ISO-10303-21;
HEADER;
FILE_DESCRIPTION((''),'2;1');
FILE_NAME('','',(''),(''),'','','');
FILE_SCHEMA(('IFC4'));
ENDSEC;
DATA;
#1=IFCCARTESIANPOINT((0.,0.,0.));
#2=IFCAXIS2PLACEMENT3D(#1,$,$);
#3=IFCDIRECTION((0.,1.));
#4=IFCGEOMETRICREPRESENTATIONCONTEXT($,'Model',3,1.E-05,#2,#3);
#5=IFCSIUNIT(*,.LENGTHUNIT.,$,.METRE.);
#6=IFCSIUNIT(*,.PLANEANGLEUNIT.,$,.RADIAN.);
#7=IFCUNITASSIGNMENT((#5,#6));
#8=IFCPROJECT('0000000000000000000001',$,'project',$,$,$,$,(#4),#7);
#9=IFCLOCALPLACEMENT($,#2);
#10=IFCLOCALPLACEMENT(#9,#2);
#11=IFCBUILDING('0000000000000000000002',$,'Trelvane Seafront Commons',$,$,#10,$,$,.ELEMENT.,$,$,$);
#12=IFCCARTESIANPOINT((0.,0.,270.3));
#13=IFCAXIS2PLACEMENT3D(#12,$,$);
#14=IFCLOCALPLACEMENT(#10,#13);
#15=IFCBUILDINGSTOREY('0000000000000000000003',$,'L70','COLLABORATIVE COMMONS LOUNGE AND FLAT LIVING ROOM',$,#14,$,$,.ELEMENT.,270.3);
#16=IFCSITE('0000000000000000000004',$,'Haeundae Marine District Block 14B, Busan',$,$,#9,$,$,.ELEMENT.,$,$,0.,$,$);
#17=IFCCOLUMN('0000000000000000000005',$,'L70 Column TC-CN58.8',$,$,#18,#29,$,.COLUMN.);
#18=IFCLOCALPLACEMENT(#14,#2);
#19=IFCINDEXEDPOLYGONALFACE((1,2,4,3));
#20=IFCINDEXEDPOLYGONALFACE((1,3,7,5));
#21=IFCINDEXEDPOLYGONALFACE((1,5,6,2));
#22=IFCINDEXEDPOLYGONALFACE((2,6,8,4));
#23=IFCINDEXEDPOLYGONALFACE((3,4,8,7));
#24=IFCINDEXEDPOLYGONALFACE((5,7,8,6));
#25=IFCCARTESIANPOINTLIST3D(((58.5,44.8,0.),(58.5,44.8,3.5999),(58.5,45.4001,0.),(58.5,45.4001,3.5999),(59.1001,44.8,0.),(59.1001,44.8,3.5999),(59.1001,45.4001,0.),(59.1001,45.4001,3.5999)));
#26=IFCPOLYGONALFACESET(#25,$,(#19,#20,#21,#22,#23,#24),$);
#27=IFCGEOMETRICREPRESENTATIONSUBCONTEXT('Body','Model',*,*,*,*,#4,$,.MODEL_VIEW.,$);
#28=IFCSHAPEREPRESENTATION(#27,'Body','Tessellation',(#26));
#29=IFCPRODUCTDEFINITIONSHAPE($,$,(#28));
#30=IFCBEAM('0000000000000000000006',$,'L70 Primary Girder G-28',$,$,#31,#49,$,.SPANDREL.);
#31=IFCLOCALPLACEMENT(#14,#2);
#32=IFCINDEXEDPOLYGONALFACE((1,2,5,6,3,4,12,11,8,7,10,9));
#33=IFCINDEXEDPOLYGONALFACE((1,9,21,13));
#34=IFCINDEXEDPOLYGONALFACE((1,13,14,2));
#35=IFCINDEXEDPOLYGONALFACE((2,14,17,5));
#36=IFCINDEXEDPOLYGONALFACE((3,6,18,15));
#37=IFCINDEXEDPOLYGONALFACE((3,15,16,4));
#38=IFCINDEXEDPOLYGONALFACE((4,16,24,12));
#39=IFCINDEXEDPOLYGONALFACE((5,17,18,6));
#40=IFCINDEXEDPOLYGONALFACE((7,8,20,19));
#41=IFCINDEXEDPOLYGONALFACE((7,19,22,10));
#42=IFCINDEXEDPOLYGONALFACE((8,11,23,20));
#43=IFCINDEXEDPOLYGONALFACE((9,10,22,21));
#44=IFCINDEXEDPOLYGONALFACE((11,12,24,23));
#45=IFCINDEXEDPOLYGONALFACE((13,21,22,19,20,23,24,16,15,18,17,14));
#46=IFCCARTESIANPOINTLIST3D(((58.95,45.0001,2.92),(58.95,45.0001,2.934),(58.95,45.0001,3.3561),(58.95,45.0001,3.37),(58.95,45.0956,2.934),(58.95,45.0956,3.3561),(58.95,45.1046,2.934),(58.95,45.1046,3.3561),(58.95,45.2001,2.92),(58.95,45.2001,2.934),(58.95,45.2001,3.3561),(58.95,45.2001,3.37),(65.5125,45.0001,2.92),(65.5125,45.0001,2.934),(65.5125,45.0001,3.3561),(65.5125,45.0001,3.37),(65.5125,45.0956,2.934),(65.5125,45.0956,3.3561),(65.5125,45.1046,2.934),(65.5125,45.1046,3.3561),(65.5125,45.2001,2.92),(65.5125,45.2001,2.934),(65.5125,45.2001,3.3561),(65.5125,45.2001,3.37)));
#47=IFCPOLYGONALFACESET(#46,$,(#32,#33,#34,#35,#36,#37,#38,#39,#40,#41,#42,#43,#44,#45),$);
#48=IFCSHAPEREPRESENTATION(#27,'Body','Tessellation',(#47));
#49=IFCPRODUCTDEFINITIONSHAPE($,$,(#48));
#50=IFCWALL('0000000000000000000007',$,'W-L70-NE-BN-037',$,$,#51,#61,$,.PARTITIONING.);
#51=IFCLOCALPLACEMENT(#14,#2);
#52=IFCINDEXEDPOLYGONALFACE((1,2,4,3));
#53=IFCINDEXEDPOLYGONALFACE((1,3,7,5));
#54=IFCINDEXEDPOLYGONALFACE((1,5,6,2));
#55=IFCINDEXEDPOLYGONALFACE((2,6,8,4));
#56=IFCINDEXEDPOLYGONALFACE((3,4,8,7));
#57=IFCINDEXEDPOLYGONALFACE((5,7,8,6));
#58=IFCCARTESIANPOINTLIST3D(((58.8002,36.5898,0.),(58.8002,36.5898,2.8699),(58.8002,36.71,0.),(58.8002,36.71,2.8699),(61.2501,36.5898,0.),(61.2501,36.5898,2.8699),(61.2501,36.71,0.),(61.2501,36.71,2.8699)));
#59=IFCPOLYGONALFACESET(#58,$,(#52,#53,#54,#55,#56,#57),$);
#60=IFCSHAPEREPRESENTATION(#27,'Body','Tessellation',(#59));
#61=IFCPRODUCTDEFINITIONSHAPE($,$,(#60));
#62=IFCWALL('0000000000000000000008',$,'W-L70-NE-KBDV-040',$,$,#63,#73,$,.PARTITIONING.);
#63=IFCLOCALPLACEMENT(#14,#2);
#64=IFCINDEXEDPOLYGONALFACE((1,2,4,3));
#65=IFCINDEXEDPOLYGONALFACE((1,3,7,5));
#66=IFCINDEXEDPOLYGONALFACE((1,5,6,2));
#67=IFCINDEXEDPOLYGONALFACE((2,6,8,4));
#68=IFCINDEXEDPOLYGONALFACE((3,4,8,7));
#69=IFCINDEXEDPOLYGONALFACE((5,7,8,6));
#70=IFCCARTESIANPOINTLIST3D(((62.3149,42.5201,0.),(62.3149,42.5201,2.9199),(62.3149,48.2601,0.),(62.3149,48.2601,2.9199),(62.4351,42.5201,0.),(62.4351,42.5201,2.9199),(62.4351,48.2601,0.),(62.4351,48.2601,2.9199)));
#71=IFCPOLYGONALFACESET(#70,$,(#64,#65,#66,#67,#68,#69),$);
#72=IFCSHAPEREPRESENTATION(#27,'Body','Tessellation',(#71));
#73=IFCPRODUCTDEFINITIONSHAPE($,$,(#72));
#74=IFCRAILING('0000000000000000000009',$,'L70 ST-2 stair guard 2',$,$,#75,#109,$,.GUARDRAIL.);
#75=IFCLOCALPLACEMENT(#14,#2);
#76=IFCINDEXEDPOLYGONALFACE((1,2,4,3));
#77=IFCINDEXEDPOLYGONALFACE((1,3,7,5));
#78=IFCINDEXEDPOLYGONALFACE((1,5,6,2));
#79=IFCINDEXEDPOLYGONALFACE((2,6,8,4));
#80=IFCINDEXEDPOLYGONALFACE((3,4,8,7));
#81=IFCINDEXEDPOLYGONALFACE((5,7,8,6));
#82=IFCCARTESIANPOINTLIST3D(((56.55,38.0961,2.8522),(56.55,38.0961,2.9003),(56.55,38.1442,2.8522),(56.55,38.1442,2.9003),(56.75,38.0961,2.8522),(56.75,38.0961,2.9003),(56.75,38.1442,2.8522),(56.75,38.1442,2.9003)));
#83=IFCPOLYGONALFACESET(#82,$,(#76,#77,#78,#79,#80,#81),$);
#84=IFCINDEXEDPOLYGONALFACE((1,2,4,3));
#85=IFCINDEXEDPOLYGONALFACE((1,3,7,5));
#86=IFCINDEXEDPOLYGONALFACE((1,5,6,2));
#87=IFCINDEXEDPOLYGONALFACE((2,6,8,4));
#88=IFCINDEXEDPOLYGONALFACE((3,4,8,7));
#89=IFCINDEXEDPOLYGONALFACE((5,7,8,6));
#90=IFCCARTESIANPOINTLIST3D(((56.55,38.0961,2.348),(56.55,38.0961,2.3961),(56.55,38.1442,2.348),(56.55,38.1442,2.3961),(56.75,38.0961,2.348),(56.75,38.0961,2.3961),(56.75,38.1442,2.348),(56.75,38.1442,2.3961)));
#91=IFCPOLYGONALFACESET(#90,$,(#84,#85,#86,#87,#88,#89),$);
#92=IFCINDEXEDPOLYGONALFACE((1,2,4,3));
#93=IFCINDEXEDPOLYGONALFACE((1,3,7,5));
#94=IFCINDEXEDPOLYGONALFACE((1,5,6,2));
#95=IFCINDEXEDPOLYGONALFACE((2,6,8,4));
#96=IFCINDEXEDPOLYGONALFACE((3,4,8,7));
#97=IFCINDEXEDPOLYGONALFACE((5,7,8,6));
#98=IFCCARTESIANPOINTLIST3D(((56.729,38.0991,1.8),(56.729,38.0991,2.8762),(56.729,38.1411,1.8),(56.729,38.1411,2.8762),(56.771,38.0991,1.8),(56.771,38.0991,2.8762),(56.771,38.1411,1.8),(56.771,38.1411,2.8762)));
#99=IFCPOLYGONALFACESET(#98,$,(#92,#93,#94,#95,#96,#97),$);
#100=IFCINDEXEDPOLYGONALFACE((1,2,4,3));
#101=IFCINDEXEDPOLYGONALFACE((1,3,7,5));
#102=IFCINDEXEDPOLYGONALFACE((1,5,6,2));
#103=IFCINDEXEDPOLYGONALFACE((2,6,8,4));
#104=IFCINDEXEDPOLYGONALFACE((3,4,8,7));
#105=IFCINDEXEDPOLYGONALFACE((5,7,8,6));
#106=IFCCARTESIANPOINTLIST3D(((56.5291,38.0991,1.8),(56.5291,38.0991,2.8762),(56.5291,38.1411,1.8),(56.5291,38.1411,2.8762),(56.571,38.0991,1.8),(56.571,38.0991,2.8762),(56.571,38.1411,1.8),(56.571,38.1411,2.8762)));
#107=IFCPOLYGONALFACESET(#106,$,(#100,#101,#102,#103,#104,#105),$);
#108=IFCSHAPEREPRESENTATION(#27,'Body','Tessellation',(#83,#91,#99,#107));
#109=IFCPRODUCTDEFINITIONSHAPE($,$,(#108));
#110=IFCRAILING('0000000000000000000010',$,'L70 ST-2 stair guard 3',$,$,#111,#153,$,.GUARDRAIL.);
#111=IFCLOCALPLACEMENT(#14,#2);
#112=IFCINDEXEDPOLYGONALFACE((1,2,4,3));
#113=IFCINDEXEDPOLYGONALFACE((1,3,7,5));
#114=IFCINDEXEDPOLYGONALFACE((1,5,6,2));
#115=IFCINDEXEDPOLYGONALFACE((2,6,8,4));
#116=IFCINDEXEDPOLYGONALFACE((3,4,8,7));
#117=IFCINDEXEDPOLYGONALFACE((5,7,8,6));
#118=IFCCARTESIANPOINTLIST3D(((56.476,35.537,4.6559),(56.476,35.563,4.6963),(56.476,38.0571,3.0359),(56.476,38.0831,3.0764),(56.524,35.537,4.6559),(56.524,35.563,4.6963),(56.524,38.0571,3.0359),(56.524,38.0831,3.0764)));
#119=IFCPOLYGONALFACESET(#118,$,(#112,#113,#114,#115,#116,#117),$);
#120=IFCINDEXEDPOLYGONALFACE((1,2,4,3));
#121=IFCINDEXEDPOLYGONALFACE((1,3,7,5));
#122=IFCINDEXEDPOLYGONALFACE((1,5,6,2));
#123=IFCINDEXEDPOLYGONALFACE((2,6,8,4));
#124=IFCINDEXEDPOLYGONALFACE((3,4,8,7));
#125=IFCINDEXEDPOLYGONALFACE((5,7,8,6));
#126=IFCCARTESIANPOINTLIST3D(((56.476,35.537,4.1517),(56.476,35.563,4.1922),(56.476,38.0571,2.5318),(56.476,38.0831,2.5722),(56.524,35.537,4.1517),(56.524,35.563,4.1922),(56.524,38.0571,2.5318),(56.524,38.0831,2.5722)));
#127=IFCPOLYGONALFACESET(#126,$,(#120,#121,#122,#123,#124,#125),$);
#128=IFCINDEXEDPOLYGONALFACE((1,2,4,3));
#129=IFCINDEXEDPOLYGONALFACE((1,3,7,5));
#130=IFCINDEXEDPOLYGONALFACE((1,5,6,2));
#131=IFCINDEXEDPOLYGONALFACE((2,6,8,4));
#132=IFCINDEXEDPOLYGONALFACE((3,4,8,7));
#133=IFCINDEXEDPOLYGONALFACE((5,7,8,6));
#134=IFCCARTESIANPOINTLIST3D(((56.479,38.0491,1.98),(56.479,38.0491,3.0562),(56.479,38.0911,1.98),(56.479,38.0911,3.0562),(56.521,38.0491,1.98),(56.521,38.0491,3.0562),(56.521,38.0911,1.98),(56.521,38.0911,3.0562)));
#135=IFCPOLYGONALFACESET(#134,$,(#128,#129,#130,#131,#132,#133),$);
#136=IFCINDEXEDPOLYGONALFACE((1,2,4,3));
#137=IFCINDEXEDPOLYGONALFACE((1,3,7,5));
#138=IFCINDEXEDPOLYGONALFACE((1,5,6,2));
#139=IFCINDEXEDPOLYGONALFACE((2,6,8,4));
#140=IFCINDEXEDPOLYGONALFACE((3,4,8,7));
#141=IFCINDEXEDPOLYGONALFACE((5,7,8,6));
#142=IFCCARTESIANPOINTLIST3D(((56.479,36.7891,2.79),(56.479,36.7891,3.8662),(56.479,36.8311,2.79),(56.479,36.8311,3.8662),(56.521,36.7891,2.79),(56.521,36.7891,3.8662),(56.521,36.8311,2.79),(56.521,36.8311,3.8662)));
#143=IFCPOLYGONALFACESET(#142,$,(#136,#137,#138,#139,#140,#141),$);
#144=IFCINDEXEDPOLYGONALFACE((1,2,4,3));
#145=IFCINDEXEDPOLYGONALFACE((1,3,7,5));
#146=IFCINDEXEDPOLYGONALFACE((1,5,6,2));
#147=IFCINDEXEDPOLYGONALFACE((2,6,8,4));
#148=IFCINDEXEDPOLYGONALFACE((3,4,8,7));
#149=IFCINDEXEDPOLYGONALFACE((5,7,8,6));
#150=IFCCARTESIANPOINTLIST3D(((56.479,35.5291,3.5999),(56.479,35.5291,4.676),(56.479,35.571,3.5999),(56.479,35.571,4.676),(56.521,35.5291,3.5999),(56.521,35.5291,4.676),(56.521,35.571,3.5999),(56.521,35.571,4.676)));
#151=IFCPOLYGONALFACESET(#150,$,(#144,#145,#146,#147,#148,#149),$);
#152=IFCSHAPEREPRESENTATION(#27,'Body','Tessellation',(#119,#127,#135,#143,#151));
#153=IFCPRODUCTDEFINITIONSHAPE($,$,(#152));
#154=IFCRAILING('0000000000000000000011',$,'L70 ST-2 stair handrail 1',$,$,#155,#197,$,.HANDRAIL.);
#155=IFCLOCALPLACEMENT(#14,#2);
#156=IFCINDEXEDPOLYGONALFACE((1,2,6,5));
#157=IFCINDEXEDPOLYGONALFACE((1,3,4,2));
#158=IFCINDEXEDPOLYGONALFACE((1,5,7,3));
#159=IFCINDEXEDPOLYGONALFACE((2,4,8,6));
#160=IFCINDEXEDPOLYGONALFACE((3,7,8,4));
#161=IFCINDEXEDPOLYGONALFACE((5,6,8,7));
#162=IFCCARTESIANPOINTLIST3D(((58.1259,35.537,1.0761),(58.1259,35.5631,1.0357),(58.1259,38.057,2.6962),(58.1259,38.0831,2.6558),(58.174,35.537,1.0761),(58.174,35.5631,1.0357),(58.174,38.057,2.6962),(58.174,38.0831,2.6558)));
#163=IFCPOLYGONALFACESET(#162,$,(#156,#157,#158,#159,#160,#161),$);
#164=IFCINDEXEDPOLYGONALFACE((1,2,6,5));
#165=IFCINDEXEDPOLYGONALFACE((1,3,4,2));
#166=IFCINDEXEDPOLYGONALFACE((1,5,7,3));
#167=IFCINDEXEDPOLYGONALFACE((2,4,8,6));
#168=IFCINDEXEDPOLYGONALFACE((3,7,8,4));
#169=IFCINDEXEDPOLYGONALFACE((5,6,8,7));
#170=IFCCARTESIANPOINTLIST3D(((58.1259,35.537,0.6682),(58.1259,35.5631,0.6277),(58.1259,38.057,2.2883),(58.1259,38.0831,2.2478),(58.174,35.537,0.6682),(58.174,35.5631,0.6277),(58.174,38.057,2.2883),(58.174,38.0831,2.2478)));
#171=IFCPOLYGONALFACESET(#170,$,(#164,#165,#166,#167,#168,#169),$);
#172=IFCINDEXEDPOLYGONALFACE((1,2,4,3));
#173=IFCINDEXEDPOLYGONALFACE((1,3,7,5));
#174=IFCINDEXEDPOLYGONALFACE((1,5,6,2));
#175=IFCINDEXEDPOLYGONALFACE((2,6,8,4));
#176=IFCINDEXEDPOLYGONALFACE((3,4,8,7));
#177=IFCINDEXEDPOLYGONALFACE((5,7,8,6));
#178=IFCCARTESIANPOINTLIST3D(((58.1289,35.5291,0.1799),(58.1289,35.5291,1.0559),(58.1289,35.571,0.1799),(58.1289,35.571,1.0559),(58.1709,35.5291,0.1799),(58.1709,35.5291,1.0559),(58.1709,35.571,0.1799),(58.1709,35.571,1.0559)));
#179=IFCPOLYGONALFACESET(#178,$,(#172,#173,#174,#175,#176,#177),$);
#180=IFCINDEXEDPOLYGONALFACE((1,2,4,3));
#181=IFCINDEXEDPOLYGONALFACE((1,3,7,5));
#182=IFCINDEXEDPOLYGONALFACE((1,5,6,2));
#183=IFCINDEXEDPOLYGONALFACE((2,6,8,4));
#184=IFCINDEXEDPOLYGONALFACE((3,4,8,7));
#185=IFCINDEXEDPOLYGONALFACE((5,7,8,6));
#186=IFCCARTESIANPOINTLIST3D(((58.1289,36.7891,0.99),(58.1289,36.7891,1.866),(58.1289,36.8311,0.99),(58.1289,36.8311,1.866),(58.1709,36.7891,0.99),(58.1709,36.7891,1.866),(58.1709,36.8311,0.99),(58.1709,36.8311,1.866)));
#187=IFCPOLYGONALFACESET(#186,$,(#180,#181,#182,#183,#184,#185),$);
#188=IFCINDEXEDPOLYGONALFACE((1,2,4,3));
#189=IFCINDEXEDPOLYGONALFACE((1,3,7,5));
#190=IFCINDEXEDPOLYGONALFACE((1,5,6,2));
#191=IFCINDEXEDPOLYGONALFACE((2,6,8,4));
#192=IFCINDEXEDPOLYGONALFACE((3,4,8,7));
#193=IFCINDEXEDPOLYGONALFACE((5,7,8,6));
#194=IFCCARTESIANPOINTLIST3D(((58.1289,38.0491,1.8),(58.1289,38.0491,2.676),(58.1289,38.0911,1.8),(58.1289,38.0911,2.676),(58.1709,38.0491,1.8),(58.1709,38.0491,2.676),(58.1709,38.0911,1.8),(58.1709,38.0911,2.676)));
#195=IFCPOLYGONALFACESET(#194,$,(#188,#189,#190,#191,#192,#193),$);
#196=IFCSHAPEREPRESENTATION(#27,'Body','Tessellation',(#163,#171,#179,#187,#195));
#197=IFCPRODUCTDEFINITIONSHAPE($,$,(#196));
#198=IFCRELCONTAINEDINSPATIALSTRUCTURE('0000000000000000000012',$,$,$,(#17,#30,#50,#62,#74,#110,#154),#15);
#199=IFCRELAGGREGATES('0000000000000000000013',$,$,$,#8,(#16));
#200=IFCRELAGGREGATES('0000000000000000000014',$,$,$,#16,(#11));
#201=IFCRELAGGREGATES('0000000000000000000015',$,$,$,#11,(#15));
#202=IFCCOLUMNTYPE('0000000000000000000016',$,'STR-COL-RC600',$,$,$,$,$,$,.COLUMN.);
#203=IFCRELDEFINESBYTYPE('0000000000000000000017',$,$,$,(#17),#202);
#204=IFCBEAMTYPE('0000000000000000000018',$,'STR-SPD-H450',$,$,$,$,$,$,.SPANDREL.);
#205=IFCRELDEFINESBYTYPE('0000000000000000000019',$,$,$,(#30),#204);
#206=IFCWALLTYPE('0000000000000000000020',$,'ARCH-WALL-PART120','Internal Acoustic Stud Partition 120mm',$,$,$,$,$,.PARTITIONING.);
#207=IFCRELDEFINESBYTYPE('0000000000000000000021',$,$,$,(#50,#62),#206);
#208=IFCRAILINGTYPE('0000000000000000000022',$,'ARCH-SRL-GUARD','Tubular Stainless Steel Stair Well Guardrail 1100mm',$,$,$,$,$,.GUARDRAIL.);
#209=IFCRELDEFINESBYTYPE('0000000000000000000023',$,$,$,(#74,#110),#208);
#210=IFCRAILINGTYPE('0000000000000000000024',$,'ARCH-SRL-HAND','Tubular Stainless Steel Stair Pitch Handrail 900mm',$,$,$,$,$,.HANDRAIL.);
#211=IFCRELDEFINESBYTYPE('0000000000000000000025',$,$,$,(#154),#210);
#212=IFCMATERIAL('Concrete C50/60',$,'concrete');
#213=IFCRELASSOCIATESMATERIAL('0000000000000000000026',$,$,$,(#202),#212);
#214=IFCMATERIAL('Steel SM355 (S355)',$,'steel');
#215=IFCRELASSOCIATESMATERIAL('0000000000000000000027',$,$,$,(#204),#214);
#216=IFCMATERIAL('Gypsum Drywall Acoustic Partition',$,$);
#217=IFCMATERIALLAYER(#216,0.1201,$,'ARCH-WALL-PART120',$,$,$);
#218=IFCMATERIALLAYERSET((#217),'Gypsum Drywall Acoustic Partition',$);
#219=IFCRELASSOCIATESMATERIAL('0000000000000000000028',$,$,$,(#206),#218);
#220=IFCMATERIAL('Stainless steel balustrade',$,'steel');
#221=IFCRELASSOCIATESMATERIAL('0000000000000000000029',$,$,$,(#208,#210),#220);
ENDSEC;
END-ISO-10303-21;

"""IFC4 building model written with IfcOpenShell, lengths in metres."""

from ifc_helpers import new_model, si_unit, direction, frame, frame_2d, origin, origin_2d, place, context, subcontext, project, spatial, rectangle, i_section, extrude, source, transform, mapped, material, layer, layer_set, material_profile, profile_set, type_object, element, save


model = new_model("IFC4")

# Units and contexts
model_context = context("Model", 3, precision=1e-05, world=origin(), true_north=direction((0.0, 1.0)))
body_context = subcontext(model_context, "Body", "Model", "MODEL_VIEW")
ifc_project = project(units=[si_unit("LENGTHUNIT", "METRE"), si_unit("PLANEANGLEUNIT", "RADIAN")], contexts=[model_context])

# Site, building, storey
site_placement = place(None, origin())
site = spatial("IfcSite", under=ifc_project, at=site_placement, Name="Haeundae Marine District Block 14B, Busan", CompositionType="ELEMENT", RefElevation=0.0)
building_placement = place(site_placement, origin())
building = spatial("IfcBuilding", under=site, at=building_placement, Name="Trelvane Seafront Commons", CompositionType="ELEMENT")
storey_placement = place(building_placement, frame((0.0, 0.0, 270.3)))
storey = spatial("IfcBuildingStorey", under=building, at=storey_placement, Name="L70", Description="COLLABORATIVE COMMONS LOUNGE AND FLAT LIVING ROOM", CompositionType="ELEMENT", Elevation=270.3)

# Column
ifc_material_1 = material(Name="Concrete C50/60", Category="concrete")
ifc_material_profile_1 = material_profile(ifc_material_1, rectangle(XDim=0.6001, YDim=0.6001, at=origin_2d()), Name="RC-600x600")
ifc_profile_set_1 = profile_set([ifc_material_profile_1], Name="Concrete C50/60")
column_type = type_object("IfcColumnType", Name="STR-COL-RC600", PredefinedType="COLUMN", material=ifc_profile_set_1)
shared_shape_1 = source(origin(), body_context, "Body", "SweptSolid", [
    extrude(rectangle(XDim=0.6001, YDim=0.6001, at=origin_2d()), origin(), (0.0, 0.0, 1.0), 3.5999),
])
column_placement = place(storey_placement, frame((58.8, 45.1001, 0.0), z_axis=(0.0, 0.0, 1.0), x_axis=(1.0, 0.0, 0.0)))
element("IfcColumn", 1, at=column_placement, inside=storey, type_object=column_type, Name="L70 Column TC-CN58.8", PredefinedType="COLUMN", context=body_context, shape_type="MappedRepresentation", body=[
    mapped(shared_shape_1, transform((0.0, 0.0, 0.0), x_axis=(1.0, 0.0, 0.0), y_axis=(0.0, 1.0, 0.0), z_axis=(0.0, 0.0, 1.0), scale=1.0)),
])

# Beam
ifc_material_2 = material(Name="Steel SM355 (S355)", Category="steel")
ifc_material_profile_2 = material_profile(ifc_material_2, i_section(OverallWidth=0.2, OverallDepth=0.45, WebThickness=0.009, FlangeThickness=0.0139, at=origin_2d()), Name="H-450x200x9x14")
ifc_profile_set_2 = profile_set([ifc_material_profile_2], Name="Steel SM355 (S355)")
beam_type = type_object("IfcBeamType", Name="STR-SPD-H450", PredefinedType="SPANDREL", material=ifc_profile_set_2)
shared_shape_2 = source(origin(), body_context, "Body", "SweptSolid", [
    extrude(i_section(OverallWidth=0.2, OverallDepth=0.45, WebThickness=0.009, FlangeThickness=0.0139, at=origin_2d()), origin(), (0.0, 0.0, 1.0), 6.5625),
])
beam_placement = place(storey_placement, frame((58.95, 45.1001, 3.145), z_axis=(1.0, 0.0, 0.0), x_axis=(0.0, 1.0, 0.0)))
element("IfcBeam", 2, at=beam_placement, inside=storey, type_object=beam_type, Name="L70 Primary Girder G-28", PredefinedType="SPANDREL", context=body_context, shape_type="MappedRepresentation", body=[
    mapped(shared_shape_2, transform((0.0, 0.0, 0.0), x_axis=(1.0, 0.0, 0.0), y_axis=(0.0, 1.0, 0.0), z_axis=(0.0, 0.0, 1.0), scale=1.0)),
])

# Wall
ifc_material_3 = material(Name="Gypsum Drywall Acoustic Partition")
ifc_layer_1 = layer(ifc_material_3, 0.1201, Name="ARCH-WALL-PART120")
ifc_layer_set_1 = layer_set([ifc_layer_1], Name="Gypsum Drywall Acoustic Partition")
wall_type_1 = type_object("IfcWallType", Name="ARCH-WALL-PART120", Description="Internal Acoustic Stud Partition 120mm", PredefinedType="PARTITIONING", material=ifc_layer_set_1)
wall_1_placement = place(storey_placement, frame((58.8, 36.6499, 0.0), z_axis=(0.0, 0.0, 1.0), x_axis=(1.0, 0.0, 0.0)))
element("IfcWall", 3, at=wall_1_placement, inside=storey, type_object=wall_type_1, Name="W-L70-NE-BN-037", PredefinedType="PARTITIONING", context=body_context, shape_type="SweptSolid", body=[
    extrude(rectangle(XDim=2.45, YDim=0.1201, at=frame_2d((1.2251, 0.0))), origin(), (0.0, 0.0, 1.0), 2.8699),
])

# Wall
wall_2_placement = place(storey_placement, frame((62.375, 42.52, 0.0), z_axis=(0.0, 0.0, 1.0), x_axis=(0.0, 1.0, 0.0)))
element("IfcWall", 4, at=wall_2_placement, inside=storey, type_object=wall_type_1, Name="W-L70-NE-KBDV-040", PredefinedType="PARTITIONING", context=body_context, shape_type="SweptSolid", body=[
    extrude(rectangle(XDim=5.74, YDim=0.1201, at=frame_2d((2.8701, 0.0))), origin(), (0.0, 0.0, 1.0), 2.9199),
])

# Railings
ifc_material_4 = material(Name="Stainless steel balustrade", Category="steel")
railing_type_1 = type_object("IfcRailingType", Name="ARCH-SRL-GUARD", Description="Tubular Stainless Steel Stair Well Guardrail 1100mm", PredefinedType="GUARDRAIL", material=ifc_material_4)
railing_1_placement = place(storey_placement, frame((56.75, 38.1201, 1.8)))
element("IfcRailing", 5, at=railing_1_placement, inside=storey, type_object=railing_type_1, Name="L70 ST-2 stair guard 2", PredefinedType="GUARDRAIL", context=body_context, shape_type="SweptSolid", body=[
    extrude(rectangle(XDim=0.0481, YDim=0.0481, at=origin_2d()), frame((0.0, 0.0, 1.0762), z_axis=(-1.0, 0.0, 0.0), x_axis=(0.0, -1.0, 0.0)), (0.0, 0.0, 1.0), 0.2),
    extrude(rectangle(XDim=0.0481, YDim=0.0481, at=origin_2d()), frame((0.0, 0.0, 0.572), z_axis=(-1.0, 0.0, 0.0), x_axis=(0.0, -1.0, 0.0)), (0.0, 0.0, 1.0), 0.2),
    extrude(rectangle(XDim=0.042, YDim=0.042, at=origin_2d()), origin(), (0.0, 0.0, 1.0), 1.0762),
    extrude(rectangle(XDim=0.042, YDim=0.042, at=origin_2d()), frame((-0.2, 0.0, 0.0)), (0.0, 0.0, 1.0), 1.0762),
])
railing_2_placement = place(storey_placement, frame((56.5, 38.0701, 1.98)))
element("IfcRailing", 6, at=railing_2_placement, inside=storey, type_object=railing_type_1, Name="L70 ST-2 stair guard 3", PredefinedType="GUARDRAIL", context=body_context, shape_type="SweptSolid", body=[
    extrude(rectangle(XDim=0.0481, YDim=0.0481, at=origin_2d()), frame((0.0, 0.0, 1.0762), z_axis=(0.0, -0.8412, 0.540725), x_axis=(1.0, 0.0, 0.0)), (0.0, 0.0, 1.0), 2.9958),
    extrude(rectangle(XDim=0.0481, YDim=0.0481, at=origin_2d()), frame((0.0, 0.0, 0.572), z_axis=(0.0, -0.8412, 0.540725), x_axis=(1.0, 0.0, 0.0)), (0.0, 0.0, 1.0), 2.9958),
    extrude(rectangle(XDim=0.042, YDim=0.042, at=origin_2d()), origin(), (0.0, 0.0, 1.0), 1.0762),
    extrude(rectangle(XDim=0.042, YDim=0.042, at=origin_2d()), frame((0.0, -1.26, 0.8101)), (0.0, 0.0, 1.0), 1.0762),
    extrude(rectangle(XDim=0.042, YDim=0.042, at=origin_2d()), frame((0.0, -2.52, 1.6199)), (0.0, 0.0, 1.0), 1.0762),
])
railing_type_2 = type_object("IfcRailingType", Name="ARCH-SRL-HAND", Description="Tubular Stainless Steel Stair Pitch Handrail 900mm", PredefinedType="HANDRAIL", material=ifc_material_4)
railing_3_placement = place(storey_placement, frame((58.1499, 35.55, 0.1799)))
element("IfcRailing", 7, at=railing_3_placement, inside=storey, type_object=railing_type_2, Name="L70 ST-2 stair handrail 1", PredefinedType="HANDRAIL", context=body_context, shape_type="SweptSolid", body=[
    extrude(rectangle(XDim=0.0481, YDim=0.0481, at=origin_2d()), frame((0.0, 0.0, 0.876), z_axis=(0.0, 0.841163, 0.540782), x_axis=(-1.0, 0.0, 0.0)), (0.0, 0.0, 1.0), 2.9958),
    extrude(rectangle(XDim=0.0481, YDim=0.0481, at=origin_2d()), frame((0.0, 0.0, 0.468), z_axis=(0.0, 0.841163, 0.540782), x_axis=(-1.0, 0.0, 0.0)), (0.0, 0.0, 1.0), 2.9958),
    extrude(rectangle(XDim=0.042, YDim=0.042, at=origin_2d()), origin(), (0.0, 0.0, 1.0), 0.876),
    extrude(rectangle(XDim=0.042, YDim=0.042, at=origin_2d()), frame((0.0, 1.26, 0.8101)), (0.0, 0.0, 1.0), 0.876),
    extrude(rectangle(XDim=0.042, YDim=0.042, at=origin_2d()), frame((0.0, 2.52, 1.6201)), (0.0, 0.0, 1.0), 0.876),
])

save(model, "model.ifc")
